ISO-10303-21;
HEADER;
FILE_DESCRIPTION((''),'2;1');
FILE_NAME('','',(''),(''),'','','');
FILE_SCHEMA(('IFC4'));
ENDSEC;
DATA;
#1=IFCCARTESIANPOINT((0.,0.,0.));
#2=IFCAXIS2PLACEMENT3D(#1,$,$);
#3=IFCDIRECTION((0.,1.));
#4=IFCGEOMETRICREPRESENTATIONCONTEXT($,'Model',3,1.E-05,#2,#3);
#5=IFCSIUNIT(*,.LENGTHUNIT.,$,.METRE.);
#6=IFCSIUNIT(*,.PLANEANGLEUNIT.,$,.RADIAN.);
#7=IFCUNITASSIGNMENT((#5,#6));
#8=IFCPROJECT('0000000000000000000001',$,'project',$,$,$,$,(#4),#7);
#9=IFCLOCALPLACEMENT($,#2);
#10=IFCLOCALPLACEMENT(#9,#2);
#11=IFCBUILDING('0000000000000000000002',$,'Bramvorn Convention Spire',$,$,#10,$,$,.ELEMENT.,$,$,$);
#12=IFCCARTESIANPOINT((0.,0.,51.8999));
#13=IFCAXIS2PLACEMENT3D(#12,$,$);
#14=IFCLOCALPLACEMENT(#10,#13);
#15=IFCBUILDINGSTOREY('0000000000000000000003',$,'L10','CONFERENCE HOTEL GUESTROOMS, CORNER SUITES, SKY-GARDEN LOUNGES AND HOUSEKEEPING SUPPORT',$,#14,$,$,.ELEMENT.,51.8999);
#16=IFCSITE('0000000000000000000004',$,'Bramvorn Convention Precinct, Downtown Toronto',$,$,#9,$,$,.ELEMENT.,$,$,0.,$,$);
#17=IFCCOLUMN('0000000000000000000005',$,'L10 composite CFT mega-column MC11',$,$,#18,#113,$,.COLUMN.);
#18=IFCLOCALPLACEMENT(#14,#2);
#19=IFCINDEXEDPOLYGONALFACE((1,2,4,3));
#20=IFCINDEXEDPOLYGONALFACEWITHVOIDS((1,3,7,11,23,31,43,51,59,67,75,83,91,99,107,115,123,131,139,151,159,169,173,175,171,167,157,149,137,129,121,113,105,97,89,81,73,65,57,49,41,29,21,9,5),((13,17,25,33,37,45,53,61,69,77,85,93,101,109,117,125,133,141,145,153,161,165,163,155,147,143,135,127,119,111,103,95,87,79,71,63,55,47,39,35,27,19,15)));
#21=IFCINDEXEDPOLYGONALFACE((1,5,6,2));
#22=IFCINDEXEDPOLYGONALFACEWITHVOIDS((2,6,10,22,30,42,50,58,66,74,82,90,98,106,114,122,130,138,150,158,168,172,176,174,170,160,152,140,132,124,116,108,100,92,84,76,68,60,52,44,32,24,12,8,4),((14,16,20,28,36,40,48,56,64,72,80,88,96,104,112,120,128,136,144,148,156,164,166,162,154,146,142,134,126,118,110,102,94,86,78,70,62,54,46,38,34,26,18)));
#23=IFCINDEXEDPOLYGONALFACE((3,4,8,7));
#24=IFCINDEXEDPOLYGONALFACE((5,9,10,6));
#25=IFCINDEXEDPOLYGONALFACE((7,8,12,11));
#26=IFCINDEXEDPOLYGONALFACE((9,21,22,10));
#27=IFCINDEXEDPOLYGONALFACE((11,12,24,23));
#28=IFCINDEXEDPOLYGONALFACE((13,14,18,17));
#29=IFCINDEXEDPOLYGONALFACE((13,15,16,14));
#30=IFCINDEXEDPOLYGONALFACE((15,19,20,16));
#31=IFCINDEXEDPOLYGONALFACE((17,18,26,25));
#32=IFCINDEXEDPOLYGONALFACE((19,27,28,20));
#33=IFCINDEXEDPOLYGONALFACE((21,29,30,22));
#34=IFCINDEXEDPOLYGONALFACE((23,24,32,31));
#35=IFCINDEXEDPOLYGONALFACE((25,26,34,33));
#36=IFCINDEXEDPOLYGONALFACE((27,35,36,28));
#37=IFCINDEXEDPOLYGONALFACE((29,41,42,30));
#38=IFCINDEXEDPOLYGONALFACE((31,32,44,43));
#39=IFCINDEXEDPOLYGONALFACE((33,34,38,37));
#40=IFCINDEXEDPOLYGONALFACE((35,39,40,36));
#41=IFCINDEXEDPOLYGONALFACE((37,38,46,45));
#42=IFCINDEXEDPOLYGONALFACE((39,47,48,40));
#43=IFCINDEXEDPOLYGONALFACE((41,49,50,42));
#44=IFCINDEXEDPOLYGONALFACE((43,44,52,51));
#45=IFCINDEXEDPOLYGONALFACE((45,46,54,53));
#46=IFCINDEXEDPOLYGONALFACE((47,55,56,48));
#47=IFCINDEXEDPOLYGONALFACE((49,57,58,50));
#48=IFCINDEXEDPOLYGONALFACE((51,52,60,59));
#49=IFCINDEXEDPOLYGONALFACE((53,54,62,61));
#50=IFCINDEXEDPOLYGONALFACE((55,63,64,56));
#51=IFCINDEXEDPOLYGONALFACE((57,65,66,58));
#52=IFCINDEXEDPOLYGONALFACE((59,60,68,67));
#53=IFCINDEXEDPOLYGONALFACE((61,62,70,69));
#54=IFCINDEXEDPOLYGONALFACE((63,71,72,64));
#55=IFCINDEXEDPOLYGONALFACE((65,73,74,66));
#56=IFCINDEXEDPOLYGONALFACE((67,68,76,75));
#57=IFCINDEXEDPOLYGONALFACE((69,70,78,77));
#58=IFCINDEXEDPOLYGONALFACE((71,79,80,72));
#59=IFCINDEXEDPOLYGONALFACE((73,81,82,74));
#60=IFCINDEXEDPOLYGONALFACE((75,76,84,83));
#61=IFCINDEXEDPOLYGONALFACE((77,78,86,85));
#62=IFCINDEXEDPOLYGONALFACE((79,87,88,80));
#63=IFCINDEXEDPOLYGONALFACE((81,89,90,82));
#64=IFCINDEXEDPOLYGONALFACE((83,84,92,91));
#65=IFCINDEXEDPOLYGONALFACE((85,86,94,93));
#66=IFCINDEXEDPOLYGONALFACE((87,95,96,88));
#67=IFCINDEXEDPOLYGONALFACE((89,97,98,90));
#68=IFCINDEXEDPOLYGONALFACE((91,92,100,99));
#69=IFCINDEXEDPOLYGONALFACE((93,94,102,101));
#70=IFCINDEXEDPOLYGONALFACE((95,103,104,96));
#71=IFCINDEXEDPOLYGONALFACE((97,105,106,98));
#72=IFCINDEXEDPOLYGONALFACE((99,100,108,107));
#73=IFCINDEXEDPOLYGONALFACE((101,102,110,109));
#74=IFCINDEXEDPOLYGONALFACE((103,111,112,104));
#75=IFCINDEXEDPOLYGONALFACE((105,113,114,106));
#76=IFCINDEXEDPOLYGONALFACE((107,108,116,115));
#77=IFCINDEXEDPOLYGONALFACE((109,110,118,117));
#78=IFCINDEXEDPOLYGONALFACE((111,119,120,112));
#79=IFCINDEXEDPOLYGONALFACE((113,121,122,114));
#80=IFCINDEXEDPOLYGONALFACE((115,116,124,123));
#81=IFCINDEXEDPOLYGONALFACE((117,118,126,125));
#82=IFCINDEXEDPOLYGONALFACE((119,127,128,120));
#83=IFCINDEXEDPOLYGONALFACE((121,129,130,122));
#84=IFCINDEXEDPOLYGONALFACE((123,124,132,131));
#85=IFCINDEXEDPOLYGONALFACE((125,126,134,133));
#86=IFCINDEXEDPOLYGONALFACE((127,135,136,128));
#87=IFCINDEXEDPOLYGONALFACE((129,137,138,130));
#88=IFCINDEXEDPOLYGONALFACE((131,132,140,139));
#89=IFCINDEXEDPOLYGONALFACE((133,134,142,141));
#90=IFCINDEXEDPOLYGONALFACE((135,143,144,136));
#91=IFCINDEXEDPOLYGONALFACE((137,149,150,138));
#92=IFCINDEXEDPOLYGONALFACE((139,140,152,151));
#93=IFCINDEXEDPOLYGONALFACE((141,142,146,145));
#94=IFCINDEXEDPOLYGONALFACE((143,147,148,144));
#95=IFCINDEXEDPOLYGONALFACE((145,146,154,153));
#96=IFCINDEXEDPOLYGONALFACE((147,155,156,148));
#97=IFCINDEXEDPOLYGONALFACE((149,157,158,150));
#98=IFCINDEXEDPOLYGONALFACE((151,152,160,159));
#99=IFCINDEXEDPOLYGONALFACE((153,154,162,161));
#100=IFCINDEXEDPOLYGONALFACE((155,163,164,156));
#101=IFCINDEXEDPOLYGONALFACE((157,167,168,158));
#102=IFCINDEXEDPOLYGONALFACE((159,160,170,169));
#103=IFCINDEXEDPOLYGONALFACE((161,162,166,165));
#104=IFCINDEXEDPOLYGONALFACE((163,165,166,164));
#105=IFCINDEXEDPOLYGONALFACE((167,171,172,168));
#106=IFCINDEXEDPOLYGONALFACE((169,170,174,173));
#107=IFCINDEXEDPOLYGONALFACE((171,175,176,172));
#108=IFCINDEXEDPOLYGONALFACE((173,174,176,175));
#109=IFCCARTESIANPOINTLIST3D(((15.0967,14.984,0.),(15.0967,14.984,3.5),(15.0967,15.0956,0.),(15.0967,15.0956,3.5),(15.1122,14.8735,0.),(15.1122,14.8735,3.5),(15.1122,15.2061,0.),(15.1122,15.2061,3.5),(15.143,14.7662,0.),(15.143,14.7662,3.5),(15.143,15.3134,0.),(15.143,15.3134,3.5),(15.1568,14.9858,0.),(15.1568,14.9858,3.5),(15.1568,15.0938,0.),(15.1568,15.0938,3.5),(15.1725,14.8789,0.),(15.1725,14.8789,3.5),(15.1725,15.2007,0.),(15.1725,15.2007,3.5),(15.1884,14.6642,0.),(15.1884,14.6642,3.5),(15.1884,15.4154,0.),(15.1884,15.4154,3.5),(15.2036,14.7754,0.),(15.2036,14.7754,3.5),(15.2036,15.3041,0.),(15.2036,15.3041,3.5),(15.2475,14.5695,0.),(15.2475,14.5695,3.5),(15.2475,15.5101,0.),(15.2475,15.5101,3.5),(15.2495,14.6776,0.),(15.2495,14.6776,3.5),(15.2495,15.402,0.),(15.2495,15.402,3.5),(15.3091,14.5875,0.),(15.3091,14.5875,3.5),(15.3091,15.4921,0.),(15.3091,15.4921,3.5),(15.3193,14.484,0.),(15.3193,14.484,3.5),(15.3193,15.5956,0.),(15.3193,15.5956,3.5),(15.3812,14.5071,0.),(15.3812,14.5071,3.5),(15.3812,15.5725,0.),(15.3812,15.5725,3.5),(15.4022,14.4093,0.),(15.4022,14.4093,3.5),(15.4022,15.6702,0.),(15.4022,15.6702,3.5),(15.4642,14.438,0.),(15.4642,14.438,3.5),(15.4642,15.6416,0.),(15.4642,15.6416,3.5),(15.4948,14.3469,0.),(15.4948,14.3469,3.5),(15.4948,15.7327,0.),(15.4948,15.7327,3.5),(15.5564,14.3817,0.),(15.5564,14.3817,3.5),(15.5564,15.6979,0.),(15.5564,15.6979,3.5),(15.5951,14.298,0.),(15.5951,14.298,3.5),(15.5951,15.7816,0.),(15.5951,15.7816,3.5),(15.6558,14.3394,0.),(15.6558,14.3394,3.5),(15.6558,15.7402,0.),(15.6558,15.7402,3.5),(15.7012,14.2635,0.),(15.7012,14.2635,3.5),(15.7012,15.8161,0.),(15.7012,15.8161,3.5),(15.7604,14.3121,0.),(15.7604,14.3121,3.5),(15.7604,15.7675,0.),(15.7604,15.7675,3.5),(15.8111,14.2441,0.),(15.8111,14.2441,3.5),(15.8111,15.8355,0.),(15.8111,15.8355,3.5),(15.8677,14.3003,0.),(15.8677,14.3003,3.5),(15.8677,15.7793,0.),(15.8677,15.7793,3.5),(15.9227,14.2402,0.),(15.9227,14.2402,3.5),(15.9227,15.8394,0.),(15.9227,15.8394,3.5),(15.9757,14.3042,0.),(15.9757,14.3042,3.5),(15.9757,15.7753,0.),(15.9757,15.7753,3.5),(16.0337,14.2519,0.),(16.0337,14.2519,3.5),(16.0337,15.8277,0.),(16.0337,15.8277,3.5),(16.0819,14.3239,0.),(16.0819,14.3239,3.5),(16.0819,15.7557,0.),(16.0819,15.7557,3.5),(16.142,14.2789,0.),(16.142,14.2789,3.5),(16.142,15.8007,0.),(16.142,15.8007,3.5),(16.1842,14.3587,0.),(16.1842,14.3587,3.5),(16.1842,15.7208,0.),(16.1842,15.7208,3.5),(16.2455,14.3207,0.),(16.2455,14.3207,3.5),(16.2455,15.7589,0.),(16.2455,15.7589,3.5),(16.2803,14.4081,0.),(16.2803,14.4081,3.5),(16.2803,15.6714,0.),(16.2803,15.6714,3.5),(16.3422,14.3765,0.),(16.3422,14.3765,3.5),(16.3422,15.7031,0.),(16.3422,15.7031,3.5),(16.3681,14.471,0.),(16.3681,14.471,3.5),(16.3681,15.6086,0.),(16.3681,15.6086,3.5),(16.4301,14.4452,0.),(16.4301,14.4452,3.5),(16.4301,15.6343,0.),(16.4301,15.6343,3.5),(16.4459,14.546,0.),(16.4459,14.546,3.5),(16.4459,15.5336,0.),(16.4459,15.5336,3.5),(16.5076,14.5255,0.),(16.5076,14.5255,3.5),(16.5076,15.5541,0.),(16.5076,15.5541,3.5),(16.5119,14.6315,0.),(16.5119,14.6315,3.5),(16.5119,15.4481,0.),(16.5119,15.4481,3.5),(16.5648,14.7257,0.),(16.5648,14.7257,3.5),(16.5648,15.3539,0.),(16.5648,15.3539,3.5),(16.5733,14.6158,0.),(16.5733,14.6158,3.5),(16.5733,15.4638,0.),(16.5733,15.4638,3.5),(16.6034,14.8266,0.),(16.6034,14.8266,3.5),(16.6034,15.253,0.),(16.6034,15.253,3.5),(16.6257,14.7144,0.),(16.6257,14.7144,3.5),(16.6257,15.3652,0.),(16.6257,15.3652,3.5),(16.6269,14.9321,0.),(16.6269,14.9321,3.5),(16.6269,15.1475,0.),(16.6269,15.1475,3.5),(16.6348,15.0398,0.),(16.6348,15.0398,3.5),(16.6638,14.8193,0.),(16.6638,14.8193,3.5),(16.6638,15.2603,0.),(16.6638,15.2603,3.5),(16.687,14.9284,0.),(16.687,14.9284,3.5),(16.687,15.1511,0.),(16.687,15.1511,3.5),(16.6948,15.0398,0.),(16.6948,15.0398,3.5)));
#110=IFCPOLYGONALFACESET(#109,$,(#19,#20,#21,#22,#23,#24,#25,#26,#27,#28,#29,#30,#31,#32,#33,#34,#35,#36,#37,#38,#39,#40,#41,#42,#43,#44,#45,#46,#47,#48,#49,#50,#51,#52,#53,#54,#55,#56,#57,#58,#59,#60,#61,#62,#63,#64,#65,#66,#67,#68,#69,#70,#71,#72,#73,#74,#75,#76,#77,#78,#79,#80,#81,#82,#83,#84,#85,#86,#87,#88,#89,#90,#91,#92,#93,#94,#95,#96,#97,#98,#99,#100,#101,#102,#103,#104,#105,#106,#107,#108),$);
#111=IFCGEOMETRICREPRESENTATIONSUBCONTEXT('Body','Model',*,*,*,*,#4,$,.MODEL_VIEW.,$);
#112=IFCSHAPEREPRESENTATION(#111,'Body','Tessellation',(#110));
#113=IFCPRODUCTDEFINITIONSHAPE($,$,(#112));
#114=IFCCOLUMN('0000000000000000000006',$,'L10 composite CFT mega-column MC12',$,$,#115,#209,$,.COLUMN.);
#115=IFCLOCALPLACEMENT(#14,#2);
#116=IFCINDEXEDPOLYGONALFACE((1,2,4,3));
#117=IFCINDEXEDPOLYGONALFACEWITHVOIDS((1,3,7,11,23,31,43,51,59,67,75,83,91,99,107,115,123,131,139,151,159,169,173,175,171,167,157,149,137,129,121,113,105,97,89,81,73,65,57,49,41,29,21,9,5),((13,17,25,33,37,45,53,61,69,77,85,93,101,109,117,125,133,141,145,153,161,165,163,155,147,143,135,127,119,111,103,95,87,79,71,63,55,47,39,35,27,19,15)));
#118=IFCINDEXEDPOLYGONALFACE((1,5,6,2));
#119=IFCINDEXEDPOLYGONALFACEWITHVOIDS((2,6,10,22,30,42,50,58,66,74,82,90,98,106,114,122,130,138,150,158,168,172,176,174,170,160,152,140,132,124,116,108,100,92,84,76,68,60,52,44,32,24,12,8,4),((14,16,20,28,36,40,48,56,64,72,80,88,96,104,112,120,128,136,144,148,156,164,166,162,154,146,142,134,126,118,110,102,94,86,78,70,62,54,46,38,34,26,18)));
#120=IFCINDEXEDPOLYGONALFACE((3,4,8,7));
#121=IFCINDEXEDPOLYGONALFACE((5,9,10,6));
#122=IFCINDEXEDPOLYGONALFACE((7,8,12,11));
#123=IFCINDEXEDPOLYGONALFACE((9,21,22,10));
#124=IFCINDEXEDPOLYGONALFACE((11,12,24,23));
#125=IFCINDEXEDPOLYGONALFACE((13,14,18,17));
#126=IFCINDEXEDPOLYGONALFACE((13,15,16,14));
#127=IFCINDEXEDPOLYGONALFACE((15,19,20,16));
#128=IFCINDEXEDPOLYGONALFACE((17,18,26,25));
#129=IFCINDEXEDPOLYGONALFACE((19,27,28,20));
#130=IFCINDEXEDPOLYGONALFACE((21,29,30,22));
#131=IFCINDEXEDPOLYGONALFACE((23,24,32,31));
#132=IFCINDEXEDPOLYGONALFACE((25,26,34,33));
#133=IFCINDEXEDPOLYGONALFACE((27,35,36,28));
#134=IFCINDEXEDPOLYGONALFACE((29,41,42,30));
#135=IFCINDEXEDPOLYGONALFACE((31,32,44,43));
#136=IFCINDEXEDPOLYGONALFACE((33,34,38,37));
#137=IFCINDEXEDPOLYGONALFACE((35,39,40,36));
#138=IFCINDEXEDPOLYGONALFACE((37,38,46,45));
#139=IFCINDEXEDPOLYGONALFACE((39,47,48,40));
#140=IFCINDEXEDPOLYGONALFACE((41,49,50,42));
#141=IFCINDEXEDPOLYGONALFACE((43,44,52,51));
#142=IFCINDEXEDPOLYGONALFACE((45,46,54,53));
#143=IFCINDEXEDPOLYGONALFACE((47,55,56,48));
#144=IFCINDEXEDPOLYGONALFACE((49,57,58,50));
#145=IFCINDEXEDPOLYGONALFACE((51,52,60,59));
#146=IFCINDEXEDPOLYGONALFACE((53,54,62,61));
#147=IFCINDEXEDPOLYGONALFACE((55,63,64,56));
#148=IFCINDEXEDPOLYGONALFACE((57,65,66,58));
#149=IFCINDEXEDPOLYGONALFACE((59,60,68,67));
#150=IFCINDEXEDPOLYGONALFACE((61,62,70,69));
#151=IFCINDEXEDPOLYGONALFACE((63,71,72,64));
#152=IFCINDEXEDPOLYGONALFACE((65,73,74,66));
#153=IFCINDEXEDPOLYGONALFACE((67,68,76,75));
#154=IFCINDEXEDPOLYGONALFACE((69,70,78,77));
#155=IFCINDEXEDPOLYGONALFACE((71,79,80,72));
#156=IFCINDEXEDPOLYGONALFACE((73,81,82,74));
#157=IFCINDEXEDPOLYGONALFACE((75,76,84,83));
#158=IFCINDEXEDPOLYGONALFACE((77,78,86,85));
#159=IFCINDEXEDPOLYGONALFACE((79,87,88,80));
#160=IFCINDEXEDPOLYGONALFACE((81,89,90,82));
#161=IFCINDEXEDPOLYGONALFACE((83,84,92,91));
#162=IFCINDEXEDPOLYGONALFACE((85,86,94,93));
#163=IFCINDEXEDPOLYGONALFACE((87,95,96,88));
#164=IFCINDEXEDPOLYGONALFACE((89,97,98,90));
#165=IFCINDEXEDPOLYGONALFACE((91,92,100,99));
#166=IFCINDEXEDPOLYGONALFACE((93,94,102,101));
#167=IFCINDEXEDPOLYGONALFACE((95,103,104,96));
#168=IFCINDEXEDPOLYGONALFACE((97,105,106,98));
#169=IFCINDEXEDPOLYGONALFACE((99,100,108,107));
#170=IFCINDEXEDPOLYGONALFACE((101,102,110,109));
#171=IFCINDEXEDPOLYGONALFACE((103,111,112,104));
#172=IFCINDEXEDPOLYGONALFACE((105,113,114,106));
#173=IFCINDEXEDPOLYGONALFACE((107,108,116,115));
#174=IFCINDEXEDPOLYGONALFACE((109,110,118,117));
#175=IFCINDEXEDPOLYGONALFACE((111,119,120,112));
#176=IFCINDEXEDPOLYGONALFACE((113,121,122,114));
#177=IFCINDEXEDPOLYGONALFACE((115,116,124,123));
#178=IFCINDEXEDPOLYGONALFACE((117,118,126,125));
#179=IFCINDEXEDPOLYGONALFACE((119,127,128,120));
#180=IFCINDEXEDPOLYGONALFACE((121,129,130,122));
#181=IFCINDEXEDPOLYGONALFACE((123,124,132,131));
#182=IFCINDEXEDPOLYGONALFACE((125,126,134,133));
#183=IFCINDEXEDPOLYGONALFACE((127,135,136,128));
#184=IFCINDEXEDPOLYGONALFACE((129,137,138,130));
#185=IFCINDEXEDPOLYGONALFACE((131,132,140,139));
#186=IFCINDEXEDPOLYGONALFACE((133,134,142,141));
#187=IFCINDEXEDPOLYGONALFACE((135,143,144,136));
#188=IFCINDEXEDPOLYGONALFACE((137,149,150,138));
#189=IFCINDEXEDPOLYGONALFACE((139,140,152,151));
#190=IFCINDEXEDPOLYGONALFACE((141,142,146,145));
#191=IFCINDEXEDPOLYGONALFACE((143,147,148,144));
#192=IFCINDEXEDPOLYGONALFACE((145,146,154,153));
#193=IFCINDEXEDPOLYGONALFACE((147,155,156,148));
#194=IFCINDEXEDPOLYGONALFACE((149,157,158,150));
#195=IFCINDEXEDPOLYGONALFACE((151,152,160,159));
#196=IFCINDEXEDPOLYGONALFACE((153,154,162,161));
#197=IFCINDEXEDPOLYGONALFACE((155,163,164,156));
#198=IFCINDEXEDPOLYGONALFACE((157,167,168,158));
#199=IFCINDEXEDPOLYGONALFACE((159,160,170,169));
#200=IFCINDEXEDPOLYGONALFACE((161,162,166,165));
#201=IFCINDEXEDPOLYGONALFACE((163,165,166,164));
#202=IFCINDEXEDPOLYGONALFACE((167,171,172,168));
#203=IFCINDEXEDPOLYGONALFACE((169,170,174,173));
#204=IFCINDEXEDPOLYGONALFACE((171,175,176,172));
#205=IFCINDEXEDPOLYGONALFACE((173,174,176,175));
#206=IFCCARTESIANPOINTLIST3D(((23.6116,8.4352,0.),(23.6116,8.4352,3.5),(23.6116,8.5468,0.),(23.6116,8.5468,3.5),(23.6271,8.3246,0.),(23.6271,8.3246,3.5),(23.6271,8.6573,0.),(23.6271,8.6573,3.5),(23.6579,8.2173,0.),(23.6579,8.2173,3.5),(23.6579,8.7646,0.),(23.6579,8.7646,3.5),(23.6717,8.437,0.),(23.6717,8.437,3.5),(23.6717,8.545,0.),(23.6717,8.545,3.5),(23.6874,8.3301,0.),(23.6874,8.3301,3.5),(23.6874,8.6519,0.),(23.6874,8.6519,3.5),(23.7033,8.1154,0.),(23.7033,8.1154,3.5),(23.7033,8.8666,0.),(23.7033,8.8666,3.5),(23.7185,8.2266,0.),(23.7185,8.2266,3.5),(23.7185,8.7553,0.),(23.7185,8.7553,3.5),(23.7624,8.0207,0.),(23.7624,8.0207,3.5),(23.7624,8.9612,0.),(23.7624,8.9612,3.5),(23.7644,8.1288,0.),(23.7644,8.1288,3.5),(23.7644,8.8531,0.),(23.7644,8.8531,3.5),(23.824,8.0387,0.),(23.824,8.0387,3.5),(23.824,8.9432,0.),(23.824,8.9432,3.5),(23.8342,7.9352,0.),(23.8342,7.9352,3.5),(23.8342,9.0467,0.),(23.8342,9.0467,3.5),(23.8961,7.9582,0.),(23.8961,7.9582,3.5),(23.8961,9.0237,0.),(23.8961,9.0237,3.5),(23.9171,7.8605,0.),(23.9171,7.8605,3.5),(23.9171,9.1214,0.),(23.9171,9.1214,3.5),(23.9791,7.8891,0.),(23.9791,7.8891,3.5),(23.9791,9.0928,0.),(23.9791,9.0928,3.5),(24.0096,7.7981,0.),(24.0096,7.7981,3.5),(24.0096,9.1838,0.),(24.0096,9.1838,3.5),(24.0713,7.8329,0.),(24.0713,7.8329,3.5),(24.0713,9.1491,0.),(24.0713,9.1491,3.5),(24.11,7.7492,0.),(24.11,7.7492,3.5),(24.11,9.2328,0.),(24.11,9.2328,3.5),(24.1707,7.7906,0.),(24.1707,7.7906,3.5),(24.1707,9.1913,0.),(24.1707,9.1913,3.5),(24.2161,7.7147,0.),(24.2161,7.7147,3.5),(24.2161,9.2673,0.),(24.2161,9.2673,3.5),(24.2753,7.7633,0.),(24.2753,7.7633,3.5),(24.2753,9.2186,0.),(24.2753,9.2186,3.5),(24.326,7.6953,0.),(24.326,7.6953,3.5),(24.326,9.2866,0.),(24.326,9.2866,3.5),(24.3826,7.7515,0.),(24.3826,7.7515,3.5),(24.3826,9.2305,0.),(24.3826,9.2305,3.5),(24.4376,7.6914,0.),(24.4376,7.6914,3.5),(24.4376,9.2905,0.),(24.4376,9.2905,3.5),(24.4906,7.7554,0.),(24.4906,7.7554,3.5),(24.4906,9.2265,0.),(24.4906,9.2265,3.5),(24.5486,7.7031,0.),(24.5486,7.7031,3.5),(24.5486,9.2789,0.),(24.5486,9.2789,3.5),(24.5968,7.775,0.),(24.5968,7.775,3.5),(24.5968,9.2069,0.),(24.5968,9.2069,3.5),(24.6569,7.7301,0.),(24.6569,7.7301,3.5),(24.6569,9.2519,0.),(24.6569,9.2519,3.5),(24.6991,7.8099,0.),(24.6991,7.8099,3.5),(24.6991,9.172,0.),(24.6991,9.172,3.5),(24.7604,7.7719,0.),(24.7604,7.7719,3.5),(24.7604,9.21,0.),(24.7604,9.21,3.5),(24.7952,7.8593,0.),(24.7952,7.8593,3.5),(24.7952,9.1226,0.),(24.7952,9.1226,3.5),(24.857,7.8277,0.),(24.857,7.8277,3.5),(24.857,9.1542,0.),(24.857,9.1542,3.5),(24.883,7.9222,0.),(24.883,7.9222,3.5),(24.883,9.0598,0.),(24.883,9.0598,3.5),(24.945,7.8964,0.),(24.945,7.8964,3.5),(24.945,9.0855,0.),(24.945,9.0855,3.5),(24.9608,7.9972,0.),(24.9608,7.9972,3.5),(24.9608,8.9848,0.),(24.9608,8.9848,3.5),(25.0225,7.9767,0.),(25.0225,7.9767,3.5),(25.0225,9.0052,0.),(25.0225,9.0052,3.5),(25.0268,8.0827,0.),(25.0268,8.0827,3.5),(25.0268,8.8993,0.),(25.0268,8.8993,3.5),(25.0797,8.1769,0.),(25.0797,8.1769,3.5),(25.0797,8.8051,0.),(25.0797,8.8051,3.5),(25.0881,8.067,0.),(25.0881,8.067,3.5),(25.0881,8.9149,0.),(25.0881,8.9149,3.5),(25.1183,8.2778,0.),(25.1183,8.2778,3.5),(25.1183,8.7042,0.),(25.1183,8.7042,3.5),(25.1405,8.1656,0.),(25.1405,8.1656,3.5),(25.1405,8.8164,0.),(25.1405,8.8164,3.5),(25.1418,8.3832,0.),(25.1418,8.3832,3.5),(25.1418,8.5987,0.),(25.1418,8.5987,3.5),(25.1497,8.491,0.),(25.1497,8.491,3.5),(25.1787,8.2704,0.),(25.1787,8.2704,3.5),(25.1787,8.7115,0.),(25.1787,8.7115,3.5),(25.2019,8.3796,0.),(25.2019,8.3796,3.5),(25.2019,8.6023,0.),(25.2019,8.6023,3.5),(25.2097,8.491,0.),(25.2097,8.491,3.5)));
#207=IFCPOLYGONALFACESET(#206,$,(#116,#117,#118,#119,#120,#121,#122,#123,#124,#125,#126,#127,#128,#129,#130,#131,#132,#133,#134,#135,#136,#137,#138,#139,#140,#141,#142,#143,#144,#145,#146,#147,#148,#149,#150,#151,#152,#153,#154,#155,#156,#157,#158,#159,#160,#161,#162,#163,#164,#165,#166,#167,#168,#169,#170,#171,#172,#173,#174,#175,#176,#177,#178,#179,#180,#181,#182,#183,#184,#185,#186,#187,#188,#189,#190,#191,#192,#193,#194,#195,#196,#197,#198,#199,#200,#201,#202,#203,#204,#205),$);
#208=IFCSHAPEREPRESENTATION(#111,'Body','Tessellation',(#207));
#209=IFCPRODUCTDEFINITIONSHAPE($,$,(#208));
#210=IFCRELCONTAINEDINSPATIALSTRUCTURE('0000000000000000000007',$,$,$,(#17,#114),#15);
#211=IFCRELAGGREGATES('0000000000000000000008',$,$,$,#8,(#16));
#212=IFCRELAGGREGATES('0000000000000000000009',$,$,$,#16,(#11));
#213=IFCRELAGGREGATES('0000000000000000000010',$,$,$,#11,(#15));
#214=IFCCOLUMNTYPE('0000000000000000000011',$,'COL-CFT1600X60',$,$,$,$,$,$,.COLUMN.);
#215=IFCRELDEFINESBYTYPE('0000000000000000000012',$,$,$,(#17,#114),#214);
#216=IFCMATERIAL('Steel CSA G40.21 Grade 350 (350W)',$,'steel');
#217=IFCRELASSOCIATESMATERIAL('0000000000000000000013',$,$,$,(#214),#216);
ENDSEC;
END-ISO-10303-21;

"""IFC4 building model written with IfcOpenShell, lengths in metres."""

from ifc_helpers import new_model, si_unit, direction, frame, origin, origin_2d, place, context, subcontext, project, spatial, hollow_circle, extrude, material, material_profile, profile_set, type_object, element, save


model = new_model("IFC4")

# Units and contexts
model_context = context("Model", 3, precision=1e-05, world=origin(), true_north=direction((0.0, 1.0)))
body_context = subcontext(model_context, "Body", "Model", "MODEL_VIEW")
ifc_project = project(units=[si_unit("LENGTHUNIT", "METRE"), si_unit("PLANEANGLEUNIT", "RADIAN")], contexts=[model_context])

# Site, building, storey
site_placement = place(None, origin())
site = spatial("IfcSite", under=ifc_project, at=site_placement, Name="Bramvorn Convention Precinct, Downtown Toronto", CompositionType="ELEMENT", RefElevation=0.0)
building_placement = place(site_placement, origin())
building = spatial("IfcBuilding", under=site, at=building_placement, Name="Bramvorn Convention Spire", CompositionType="ELEMENT")
storey_placement = place(building_placement, frame((0.0, 0.0, 51.8999)))
storey = spatial("IfcBuildingStorey", under=building, at=storey_placement, Name="L10", Description="CONFERENCE HOTEL GUESTROOMS, CORNER SUITES, SKY-GARDEN LOUNGES AND HOUSEKEEPING SUPPORT", CompositionType="ELEMENT", Elevation=51.8999)

# Columns
ifc_material_1 = material(Name="Steel CSA G40.21 Grade 350 (350W)", Category="steel")
ifc_material_profile_1 = material_profile(ifc_material_1, hollow_circle(Radius=0.8, WallThickness=0.0601, at=origin_2d()))
ifc_profile_set_1 = profile_set([ifc_material_profile_1], Name="Steel CSA G40.21 Grade 350 (350W) - CFT1600X60")
column_type = type_object("IfcColumnType", Name="COL-CFT1600X60", PredefinedType="COLUMN", material=ifc_profile_set_1)
for number, where, z_axis, x_axis, name in (
    (1, (15.8948, 15.0398, 0.0), (0.0, 0.0, 1.0), (1.0, 0.0, 0.0), "L10 composite CFT mega-column MC11"),
    (2, (24.4097, 8.491, 0.0), (0.0, 0.0, 1.0), (1.0, 0.0, 0.0), "L10 composite CFT mega-column MC12"),
):
    element("IfcColumn", number, at=place(storey_placement, frame(where, z_axis=z_axis, x_axis=x_axis)), inside=storey, type_object=column_type, Name=name, PredefinedType="COLUMN", context=body_context, shape_type="SweptSolid", body=[
        extrude(hollow_circle(Radius=0.8, WallThickness=0.0601, at=origin_2d()), origin(), (0.0, 0.0, 1.0), 3.5),
    ])

save(model, "model.ifc")
